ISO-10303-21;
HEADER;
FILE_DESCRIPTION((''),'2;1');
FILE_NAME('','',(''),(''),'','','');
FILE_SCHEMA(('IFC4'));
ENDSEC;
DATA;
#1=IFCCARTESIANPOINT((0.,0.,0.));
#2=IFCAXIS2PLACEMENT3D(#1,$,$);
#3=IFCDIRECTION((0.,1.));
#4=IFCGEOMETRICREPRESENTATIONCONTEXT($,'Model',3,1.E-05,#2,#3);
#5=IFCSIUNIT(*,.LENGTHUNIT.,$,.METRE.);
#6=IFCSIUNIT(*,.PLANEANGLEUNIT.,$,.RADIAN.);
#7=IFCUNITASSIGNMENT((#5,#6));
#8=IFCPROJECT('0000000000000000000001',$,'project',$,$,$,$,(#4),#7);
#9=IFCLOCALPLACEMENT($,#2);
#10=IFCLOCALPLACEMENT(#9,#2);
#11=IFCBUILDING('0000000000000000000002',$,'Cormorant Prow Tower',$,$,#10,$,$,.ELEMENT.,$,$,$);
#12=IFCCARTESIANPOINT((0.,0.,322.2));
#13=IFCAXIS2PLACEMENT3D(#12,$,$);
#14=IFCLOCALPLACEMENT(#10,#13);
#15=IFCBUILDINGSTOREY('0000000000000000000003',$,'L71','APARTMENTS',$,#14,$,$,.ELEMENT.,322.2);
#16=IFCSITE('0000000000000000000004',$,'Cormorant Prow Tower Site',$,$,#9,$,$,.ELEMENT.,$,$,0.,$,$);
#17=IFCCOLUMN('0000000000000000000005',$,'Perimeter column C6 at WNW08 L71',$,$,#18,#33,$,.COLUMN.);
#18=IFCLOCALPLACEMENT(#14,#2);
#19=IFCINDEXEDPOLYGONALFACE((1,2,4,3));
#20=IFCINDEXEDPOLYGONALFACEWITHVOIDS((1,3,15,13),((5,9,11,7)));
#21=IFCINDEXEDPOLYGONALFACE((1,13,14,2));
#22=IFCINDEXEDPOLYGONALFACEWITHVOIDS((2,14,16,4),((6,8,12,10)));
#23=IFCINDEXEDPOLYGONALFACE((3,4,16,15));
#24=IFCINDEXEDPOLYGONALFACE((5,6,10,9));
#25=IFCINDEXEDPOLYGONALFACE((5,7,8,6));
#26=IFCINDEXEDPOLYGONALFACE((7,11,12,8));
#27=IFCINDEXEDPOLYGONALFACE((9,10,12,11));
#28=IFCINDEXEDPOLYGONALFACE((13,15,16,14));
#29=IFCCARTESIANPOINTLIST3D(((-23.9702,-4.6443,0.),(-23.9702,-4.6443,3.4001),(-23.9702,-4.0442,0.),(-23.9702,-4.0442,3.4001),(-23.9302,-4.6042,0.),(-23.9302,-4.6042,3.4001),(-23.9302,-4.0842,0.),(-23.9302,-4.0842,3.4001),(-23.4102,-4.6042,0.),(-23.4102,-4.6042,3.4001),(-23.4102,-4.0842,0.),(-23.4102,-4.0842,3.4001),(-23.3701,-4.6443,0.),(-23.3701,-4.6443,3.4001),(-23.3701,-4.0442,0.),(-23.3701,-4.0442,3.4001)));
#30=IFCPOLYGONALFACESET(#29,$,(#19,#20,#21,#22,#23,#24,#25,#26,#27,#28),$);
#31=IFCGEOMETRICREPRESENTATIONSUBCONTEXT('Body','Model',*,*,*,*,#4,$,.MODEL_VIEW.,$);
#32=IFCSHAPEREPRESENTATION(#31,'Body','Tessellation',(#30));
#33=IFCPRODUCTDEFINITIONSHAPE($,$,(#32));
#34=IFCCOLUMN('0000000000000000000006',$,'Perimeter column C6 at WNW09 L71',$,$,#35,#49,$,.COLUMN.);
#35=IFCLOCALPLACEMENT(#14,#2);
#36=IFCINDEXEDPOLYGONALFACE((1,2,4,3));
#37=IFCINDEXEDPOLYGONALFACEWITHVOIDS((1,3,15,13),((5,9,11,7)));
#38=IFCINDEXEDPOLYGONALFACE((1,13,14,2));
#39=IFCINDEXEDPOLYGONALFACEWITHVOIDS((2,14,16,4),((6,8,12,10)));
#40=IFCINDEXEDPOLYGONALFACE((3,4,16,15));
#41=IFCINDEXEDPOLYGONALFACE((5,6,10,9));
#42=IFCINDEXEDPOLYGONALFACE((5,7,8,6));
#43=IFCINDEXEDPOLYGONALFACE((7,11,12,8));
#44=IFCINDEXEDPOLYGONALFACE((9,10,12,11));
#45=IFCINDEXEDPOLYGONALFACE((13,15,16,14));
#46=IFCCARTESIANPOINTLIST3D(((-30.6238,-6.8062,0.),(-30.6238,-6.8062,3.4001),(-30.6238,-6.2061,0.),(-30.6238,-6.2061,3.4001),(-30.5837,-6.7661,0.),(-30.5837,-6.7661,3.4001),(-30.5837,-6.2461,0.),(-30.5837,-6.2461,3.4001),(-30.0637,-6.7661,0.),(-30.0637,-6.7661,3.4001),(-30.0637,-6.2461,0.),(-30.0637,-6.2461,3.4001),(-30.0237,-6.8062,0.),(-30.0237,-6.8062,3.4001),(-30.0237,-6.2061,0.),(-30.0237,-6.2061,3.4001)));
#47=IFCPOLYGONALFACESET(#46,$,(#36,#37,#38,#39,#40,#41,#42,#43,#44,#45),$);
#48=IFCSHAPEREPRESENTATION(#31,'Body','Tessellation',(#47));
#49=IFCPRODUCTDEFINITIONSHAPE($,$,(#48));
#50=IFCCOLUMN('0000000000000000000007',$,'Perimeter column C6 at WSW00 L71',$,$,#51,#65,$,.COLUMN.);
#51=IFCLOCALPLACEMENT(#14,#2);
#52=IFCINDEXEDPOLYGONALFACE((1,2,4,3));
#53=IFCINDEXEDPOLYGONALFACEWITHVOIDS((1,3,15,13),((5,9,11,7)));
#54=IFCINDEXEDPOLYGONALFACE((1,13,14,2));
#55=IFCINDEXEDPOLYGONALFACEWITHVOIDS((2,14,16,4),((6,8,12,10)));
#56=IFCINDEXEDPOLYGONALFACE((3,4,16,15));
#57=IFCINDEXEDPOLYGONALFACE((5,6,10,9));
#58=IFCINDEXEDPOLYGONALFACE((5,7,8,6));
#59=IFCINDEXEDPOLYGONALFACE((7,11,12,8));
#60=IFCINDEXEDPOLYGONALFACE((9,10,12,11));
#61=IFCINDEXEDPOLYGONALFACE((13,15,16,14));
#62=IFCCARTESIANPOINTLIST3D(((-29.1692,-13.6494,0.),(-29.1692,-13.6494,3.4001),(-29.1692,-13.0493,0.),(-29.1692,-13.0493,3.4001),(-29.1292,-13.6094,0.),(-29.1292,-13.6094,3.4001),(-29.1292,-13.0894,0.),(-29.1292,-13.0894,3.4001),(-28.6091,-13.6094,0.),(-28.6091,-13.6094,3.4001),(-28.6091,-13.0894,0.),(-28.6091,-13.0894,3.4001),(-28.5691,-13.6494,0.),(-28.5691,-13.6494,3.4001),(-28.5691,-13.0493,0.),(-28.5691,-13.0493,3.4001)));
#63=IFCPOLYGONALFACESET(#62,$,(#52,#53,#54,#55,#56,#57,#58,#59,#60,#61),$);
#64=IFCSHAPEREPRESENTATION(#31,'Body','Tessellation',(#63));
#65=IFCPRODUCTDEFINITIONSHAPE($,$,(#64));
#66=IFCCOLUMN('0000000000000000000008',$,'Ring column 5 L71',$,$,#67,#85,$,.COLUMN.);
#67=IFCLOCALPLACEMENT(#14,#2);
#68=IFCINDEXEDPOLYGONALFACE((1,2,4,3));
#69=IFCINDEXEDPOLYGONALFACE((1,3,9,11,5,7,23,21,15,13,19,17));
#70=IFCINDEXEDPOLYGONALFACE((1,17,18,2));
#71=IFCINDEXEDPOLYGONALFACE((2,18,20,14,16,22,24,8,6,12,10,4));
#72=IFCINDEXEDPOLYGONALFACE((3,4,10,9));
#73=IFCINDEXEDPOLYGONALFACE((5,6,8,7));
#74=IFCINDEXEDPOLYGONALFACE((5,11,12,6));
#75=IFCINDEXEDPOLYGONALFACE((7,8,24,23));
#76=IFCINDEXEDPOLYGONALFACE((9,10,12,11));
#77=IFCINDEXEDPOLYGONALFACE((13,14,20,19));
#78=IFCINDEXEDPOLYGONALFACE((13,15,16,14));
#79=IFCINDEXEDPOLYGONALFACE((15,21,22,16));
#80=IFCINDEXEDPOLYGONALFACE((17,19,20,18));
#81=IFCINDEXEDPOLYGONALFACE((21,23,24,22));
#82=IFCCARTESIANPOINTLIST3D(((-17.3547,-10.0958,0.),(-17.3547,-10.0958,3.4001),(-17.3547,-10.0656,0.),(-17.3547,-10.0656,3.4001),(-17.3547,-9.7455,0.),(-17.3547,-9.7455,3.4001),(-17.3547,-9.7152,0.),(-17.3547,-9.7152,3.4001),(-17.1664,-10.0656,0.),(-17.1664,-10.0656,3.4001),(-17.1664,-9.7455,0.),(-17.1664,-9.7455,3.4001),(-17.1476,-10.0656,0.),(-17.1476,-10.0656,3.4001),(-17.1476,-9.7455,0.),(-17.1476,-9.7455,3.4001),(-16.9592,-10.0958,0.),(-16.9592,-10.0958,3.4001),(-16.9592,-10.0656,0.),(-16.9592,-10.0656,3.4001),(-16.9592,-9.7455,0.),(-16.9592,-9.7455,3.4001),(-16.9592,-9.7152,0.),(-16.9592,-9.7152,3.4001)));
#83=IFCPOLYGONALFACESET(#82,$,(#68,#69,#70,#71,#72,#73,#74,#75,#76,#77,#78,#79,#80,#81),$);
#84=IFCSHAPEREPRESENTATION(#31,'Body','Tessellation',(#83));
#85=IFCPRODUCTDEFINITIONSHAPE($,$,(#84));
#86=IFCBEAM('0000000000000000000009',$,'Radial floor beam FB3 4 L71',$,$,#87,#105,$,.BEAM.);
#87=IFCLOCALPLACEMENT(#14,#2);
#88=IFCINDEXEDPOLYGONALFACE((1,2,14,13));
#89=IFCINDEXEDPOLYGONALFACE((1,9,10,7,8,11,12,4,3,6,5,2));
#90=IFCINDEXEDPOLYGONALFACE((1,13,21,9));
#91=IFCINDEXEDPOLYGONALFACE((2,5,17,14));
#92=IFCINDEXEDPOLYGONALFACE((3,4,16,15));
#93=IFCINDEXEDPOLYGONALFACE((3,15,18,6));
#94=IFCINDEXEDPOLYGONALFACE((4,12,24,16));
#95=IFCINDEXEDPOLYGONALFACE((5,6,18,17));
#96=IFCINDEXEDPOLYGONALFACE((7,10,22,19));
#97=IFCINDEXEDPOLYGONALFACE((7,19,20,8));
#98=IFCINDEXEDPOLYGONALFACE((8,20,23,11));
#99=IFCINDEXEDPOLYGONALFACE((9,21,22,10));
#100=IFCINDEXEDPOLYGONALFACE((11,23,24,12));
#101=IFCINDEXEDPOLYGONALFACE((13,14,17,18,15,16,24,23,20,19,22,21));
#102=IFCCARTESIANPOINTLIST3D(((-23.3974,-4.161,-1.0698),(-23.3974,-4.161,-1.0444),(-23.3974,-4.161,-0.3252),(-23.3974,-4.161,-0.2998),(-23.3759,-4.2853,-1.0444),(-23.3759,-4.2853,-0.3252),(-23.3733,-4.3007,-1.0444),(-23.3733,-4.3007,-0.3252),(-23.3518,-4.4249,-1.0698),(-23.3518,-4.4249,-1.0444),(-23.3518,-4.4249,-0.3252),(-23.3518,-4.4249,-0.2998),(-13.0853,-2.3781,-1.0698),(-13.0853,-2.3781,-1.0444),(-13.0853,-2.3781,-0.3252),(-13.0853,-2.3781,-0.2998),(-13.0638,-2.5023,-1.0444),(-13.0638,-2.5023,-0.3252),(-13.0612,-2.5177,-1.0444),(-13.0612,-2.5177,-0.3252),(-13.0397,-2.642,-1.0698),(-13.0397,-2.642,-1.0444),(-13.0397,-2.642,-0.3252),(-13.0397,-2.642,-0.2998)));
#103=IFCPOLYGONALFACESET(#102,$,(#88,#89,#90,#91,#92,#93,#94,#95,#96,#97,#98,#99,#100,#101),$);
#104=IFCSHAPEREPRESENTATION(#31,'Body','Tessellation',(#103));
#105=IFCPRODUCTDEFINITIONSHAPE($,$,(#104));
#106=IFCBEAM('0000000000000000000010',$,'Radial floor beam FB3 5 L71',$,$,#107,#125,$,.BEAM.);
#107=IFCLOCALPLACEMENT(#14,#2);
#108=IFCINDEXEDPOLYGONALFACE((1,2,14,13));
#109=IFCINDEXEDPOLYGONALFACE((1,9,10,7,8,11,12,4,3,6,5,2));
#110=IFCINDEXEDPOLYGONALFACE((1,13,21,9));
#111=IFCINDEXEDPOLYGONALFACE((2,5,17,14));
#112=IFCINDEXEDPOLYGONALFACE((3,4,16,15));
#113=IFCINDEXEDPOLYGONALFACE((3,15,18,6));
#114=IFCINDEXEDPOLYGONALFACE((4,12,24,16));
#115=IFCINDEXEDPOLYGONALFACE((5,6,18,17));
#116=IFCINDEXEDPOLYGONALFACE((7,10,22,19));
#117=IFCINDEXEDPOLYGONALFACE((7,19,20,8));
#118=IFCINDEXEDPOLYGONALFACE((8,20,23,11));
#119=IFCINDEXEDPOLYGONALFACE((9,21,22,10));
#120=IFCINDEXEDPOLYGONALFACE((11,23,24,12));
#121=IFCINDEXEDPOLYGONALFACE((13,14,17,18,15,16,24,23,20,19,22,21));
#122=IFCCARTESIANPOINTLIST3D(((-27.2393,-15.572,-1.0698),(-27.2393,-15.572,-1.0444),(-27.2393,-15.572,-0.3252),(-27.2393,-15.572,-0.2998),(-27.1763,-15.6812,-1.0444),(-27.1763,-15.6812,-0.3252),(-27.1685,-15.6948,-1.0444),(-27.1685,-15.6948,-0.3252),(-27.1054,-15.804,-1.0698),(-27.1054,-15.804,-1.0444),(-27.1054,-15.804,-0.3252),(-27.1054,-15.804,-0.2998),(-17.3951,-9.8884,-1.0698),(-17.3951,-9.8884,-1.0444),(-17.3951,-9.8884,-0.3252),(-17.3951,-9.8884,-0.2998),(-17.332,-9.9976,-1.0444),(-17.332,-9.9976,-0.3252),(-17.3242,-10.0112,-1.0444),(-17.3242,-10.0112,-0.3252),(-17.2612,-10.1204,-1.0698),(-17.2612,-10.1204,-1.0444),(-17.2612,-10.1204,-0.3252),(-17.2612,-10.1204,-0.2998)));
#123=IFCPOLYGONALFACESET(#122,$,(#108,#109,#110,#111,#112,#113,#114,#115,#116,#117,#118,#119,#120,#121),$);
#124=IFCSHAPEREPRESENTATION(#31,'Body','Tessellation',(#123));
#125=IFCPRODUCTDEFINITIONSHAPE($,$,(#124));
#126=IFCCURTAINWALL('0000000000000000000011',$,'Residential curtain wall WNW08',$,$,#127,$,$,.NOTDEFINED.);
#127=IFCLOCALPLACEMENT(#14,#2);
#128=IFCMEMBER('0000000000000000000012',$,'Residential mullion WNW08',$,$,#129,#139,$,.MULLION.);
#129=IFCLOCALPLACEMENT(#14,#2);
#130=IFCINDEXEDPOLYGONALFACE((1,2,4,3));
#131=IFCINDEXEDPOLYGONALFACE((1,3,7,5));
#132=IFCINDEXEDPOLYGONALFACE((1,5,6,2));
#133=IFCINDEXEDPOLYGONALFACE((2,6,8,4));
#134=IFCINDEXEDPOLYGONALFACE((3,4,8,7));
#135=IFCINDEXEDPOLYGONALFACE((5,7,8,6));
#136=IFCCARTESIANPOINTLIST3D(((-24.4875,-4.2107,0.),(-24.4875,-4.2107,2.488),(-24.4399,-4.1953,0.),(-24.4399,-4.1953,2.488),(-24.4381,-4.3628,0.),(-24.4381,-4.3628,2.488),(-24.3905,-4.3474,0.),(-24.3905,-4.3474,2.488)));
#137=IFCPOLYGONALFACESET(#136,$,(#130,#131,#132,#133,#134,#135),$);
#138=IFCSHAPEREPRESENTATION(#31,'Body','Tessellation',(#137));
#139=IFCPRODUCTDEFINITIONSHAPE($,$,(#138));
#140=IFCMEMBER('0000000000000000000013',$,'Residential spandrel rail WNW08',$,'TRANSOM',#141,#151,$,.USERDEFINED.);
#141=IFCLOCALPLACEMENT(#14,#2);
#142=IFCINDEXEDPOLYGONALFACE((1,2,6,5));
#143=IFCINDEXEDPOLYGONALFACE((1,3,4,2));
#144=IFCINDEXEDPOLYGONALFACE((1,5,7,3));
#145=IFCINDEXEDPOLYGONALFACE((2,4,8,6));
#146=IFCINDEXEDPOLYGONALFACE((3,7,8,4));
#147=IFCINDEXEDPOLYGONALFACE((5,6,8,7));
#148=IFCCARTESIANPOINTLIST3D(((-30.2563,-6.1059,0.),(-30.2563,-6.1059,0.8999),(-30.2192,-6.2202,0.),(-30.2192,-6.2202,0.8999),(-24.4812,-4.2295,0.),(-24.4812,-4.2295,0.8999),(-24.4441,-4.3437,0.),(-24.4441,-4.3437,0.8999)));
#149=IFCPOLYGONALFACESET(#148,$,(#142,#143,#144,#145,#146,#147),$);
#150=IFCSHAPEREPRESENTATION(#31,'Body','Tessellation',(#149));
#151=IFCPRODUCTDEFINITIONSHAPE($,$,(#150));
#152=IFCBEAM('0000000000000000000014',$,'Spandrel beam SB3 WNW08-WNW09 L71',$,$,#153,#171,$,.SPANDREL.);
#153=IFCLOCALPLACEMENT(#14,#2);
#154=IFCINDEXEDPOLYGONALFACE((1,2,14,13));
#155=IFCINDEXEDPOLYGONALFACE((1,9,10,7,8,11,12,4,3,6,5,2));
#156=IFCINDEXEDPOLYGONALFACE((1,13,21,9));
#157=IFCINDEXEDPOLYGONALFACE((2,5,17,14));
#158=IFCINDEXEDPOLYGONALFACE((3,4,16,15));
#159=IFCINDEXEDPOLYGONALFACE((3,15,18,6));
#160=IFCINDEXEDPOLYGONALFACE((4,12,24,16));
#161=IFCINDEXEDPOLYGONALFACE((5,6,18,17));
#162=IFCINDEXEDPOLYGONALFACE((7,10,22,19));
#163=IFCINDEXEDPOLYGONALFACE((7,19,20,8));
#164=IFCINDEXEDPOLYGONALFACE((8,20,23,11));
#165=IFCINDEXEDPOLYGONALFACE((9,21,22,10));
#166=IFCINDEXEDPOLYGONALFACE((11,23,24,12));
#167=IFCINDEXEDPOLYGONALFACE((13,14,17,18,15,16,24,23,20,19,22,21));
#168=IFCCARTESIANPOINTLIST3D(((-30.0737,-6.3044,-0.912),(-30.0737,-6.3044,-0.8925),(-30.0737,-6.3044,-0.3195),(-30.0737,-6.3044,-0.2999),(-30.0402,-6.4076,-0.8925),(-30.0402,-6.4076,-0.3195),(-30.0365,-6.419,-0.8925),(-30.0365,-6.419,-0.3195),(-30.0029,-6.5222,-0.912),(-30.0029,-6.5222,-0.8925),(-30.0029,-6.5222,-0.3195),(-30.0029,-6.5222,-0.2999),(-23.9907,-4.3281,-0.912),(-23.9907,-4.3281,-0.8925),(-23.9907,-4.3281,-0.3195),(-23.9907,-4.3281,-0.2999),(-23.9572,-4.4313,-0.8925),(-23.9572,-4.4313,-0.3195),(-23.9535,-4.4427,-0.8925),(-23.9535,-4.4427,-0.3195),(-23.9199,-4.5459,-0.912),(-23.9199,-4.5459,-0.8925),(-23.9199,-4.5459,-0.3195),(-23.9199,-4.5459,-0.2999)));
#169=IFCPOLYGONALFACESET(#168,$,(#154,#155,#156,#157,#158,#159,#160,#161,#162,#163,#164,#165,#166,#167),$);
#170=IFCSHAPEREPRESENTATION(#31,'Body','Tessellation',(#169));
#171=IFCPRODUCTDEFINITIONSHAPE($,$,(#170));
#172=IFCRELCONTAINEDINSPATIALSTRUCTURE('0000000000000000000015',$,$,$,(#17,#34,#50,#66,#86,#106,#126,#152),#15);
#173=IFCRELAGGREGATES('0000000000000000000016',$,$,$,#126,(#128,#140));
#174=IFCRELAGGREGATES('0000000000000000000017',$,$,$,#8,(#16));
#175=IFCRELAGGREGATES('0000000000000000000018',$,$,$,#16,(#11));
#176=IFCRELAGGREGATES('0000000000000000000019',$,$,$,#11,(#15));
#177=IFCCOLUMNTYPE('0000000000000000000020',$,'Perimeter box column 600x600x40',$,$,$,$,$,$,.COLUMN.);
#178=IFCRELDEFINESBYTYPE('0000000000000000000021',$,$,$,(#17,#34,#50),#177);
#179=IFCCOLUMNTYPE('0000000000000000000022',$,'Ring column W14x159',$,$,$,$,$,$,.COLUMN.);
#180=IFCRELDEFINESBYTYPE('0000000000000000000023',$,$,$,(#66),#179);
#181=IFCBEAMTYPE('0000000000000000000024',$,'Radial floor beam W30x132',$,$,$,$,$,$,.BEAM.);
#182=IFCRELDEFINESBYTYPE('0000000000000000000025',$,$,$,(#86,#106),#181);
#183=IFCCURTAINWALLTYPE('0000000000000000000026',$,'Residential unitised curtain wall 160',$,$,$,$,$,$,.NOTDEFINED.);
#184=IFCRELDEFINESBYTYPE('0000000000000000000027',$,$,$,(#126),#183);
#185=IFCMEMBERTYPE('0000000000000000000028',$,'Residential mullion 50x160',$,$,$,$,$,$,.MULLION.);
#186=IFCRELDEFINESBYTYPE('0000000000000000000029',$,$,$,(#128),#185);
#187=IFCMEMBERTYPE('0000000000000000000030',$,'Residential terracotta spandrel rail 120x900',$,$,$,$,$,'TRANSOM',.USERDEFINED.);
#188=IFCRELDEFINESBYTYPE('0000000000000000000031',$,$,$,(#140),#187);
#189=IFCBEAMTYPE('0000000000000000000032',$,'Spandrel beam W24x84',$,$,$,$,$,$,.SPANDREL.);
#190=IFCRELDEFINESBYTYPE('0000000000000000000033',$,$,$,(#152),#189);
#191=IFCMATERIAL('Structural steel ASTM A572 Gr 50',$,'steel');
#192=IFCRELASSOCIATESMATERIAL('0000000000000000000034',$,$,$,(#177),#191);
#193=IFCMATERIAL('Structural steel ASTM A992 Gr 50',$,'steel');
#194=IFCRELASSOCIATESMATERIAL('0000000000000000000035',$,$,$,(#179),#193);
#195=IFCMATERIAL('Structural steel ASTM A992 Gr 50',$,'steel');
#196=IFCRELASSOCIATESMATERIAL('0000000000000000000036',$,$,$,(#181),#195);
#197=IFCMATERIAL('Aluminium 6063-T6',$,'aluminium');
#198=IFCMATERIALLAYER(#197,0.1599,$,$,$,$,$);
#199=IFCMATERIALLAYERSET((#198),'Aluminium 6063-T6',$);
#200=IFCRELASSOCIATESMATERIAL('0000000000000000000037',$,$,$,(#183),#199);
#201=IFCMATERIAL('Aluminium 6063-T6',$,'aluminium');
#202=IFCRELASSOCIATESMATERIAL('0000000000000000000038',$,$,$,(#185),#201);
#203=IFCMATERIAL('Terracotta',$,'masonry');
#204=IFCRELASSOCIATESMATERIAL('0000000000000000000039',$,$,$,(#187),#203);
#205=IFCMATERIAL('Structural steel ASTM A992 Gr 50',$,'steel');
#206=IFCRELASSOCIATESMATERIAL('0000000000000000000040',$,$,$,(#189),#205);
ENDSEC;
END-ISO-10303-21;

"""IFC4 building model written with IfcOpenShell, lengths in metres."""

from ifc_helpers import new_model, si_unit, direction, frame, origin, origin_2d, place, context, subcontext, project, spatial, rectangle, hollow_rectangle, i_section, extrude, material, layer, layer_set, material_profile, profile_set, type_object, element, aggregate, save


model = new_model("IFC4")

# Units and contexts
model_context = context("Model", 3, precision=1e-05, world=origin(), true_north=direction((0.0, 1.0)))
body_context = subcontext(model_context, "Body", "Model", "MODEL_VIEW")
ifc_project = project(units=[si_unit("LENGTHUNIT", "METRE"), si_unit("PLANEANGLEUNIT", "RADIAN")], contexts=[model_context])

# Site, building, storey
site_placement = place(None, origin())
site = spatial("IfcSite", under=ifc_project, at=site_placement, Name="Cormorant Prow Tower Site", CompositionType="ELEMENT", RefElevation=0.0)
building_placement = place(site_placement, origin())
building = spatial("IfcBuilding", under=site, at=building_placement, Name="Cormorant Prow Tower", CompositionType="ELEMENT")
storey_placement = place(building_placement, frame((0.0, 0.0, 322.2)))
storey = spatial("IfcBuildingStorey", under=building, at=storey_placement, Name="L71", Description="APARTMENTS", CompositionType="ELEMENT", Elevation=322.2)

# Columns
ifc_material_1 = material(Name="Structural steel ASTM A572 Gr 50", Category="steel")
ifc_material_profile_1 = material_profile(ifc_material_1, hollow_rectangle(XDim=0.6001, YDim=0.6001, WallThickness=0.04, at=origin_2d()), Name="Box 600x600x40")
ifc_profile_set_1 = profile_set([ifc_material_profile_1], Name="Structural steel ASTM A572 Gr 50")
column_type_1 = type_object("IfcColumnType", Name="Perimeter box column 600x600x40", PredefinedType="COLUMN", material=ifc_profile_set_1)
for number, where, z_axis, x_axis, name in (
    (1, (-23.6702, -4.3442, 0.0), (0.0, 0.0, 1.0), (1.0, 0.0, 0.0), "Perimeter column C6 at WNW08 L71"),
    (2, (-30.3237, -6.5061, 0.0), (0.0, 0.0, 1.0), (1.0, 0.0, 0.0), "Perimeter column C6 at WNW09 L71"),
    (3, (-28.8691, -13.3494, 0.0), (0.0, 0.0, 1.0), (1.0, 0.0, 0.0), "Perimeter column C6 at WSW00 L71"),
):
    element("IfcColumn", number, at=place(storey_placement, frame(where, z_axis=z_axis, x_axis=x_axis)), inside=storey, type_object=column_type_1, Name=name, PredefinedType="COLUMN", context=body_context, shape_type="SweptSolid", body=[
        extrude(hollow_rectangle(XDim=0.6001, YDim=0.6001, WallThickness=0.04, at=origin_2d()), origin(), (0.0, 0.0, 1.0), 3.4001),
    ])
ifc_material_2 = material(Name="Structural steel ASTM A992 Gr 50", Category="steel")
ifc_material_profile_2 = material_profile(ifc_material_2, i_section(OverallWidth=0.3955, OverallDepth=0.3806, WebThickness=0.0188, FlangeThickness=0.0303, at=origin_2d()), Name="W14x159")
ifc_profile_set_2 = profile_set([ifc_material_profile_2], Name="Structural steel ASTM A992 Gr 50")
column_type_2 = type_object("IfcColumnType", Name="Ring column W14x159", PredefinedType="COLUMN", material=ifc_profile_set_2)
column_placement = place(storey_placement, frame((-17.157, -9.9055, 0.0), z_axis=(0.0, 0.0, 1.0), x_axis=(1.0, 0.0, 0.0)))
element("IfcColumn", 4, at=column_placement, inside=storey, type_object=column_type_2, Name="Ring column 5 L71", PredefinedType="COLUMN", context=body_context, shape_type="SweptSolid", body=[
    extrude(i_section(OverallWidth=0.3955, OverallDepth=0.3806, WebThickness=0.0188, FlangeThickness=0.0303, at=origin_2d()), origin(), (0.0, 0.0, 1.0), 3.4001),
])

# Beams
ifc_material_3 = material(Name="Structural steel ASTM A992 Gr 50", Category="steel")
ifc_material_profile_3 = material_profile(ifc_material_3, i_section(OverallWidth=0.2678, OverallDepth=0.77, WebThickness=0.0156, FlangeThickness=0.0254, at=origin_2d()), Name="W30x132")
ifc_profile_set_3 = profile_set([ifc_material_profile_3], Name="Structural steel ASTM A992 Gr 50")
beam_type_1 = type_object("IfcBeamType", Name="Radial floor beam W30x132", PredefinedType="BEAM", material=ifc_profile_set_3)
beam_1_placement = place(storey_placement, frame((-13.0625, -2.51, -0.6848), z_axis=(-0.98538, -0.170373, 0.0), x_axis=(0.170373, -0.98538, 0.0)))
element("IfcBeam", 5, at=beam_1_placement, inside=storey, type_object=beam_type_1, Name="Radial floor beam FB3 4 L71", PredefinedType="BEAM", context=body_context, shape_type="SweptSolid", body=[
    extrude(i_section(OverallWidth=0.2678, OverallDepth=0.77, WebThickness=0.0156, FlangeThickness=0.0254, at=origin_2d()), origin(), (0.0, 0.0, 1.0), 10.4651),
])
beam_2_placement = place(storey_placement, frame((-17.3281, -10.0044, -0.6848), z_axis=(-0.866025, -0.500001, 0.0), x_axis=(0.500001, -0.866025, 0.0)))
element("IfcBeam", 6, at=beam_2_placement, inside=storey, type_object=beam_type_1, Name="Radial floor beam FB3 5 L71", PredefinedType="BEAM", context=body_context, shape_type="SweptSolid", body=[
    extrude(i_section(OverallWidth=0.2678, OverallDepth=0.77, WebThickness=0.0156, FlangeThickness=0.0254, at=origin_2d()), origin(), (0.0, 0.0, 1.0), 11.3672),
])

# Curtain wall, members
ifc_material_4 = material(Name="Aluminium 6063-T6", Category="aluminium")
ifc_layer_1 = layer(ifc_material_4, 0.1599)
ifc_layer_set_1 = layer_set([ifc_layer_1], Name="Aluminium 6063-T6")
curtain_wall_type = type_object("IfcCurtainWallType", Name="Residential unitised curtain wall 160", PredefinedType="NOTDEFINED", material=ifc_layer_set_1)
curtain_wall_placement = place(storey_placement, origin())
curtain_wall = element("IfcCurtainWall", 7, at=curtain_wall_placement, inside=storey, type_object=curtain_wall_type, Name="Residential curtain wall WNW08", PredefinedType="NOTDEFINED")
ifc_material_5 = material(Name="Aluminium 6063-T6", Category="aluminium")
ifc_material_profile_4 = material_profile(ifc_material_5, rectangle(XDim=0.1599, YDim=0.05, at=origin_2d()), Name="Residential mullion 50x160")
ifc_profile_set_4 = profile_set([ifc_material_profile_4], Name="Aluminium 6063-T6")
member_type_1 = type_object("IfcMemberType", Name="Residential mullion 50x160", PredefinedType="MULLION", material=ifc_profile_set_4)
member_1_placement = place(storey_placement, frame((-24.439, -4.2791, 0.0), z_axis=(0.0, 0.0, 1.0), x_axis=(0.309017, -0.951057, 0.0)))
member_1 = element("IfcMember", 8, at=member_1_placement, type_object=member_type_1, Name="Residential mullion WNW08", PredefinedType="MULLION", context=body_context, shape_type="SweptSolid", body=[
    extrude(rectangle(XDim=0.1599, YDim=0.05, at=origin_2d()), origin(), (0.0, 0.0, 1.0), 2.488),
])
ifc_material_6 = material(Name="Terracotta", Category="masonry")
ifc_material_profile_5 = material_profile(ifc_material_6, rectangle(XDim=0.1201, YDim=0.8999, at=origin_2d()), Name="Residential terracotta spandrel rail 120x900")
ifc_profile_set_5 = profile_set([ifc_material_profile_5], Name="Terracotta")
member_type_2 = type_object("IfcMemberType", Name="Residential terracotta spandrel rail 120x900", ElementType="TRANSOM", PredefinedType="USERDEFINED", material=ifc_profile_set_5)
member_2_placement = place(storey_placement, frame((-24.4626, -4.2866, 0.45), z_axis=(-0.951056, -0.309018, 0.0), x_axis=(0.309018, -0.951056, 0.0)))
member_2 = element("IfcMember", 9, at=member_2_placement, type_object=member_type_2, Name="Residential spandrel rail WNW08", ObjectType="TRANSOM", PredefinedType="USERDEFINED", context=body_context, shape_type="SweptSolid", body=[
    extrude(rectangle(XDim=0.1201, YDim=0.8999, at=origin_2d()), origin(), (0.0, 0.0, 1.0), 6.0723),
])

# Beam
ifc_material_7 = material(Name="Structural steel ASTM A992 Gr 50", Category="steel")
ifc_material_profile_6 = material_profile(ifc_material_7, i_section(OverallWidth=0.229, OverallDepth=0.6121, WebThickness=0.012, FlangeThickness=0.0195, at=origin_2d()), Name="W24x84")
ifc_profile_set_6 = profile_set([ifc_material_profile_6], Name="Structural steel ASTM A992 Gr 50")
beam_type_2 = type_object("IfcBeamType", Name="Spandrel beam W24x84", PredefinedType="SPANDREL", material=ifc_profile_set_6)
beam_3_placement = place(storey_placement, frame((-23.9553, -4.437, -0.606), z_axis=(-0.951064, -0.308993, 0.0), x_axis=(0.308993, -0.951064, 0.0)))
element("IfcBeam", 10, at=beam_3_placement, inside=storey, type_object=beam_type_2, Name="Spandrel beam SB3 WNW08-WNW09 L71", PredefinedType="SPANDREL", context=body_context, shape_type="SweptSolid", body=[
    extrude(i_section(OverallWidth=0.229, OverallDepth=0.6121, WebThickness=0.012, FlangeThickness=0.0195, at=origin_2d()), origin(), (0.0, 0.0, 1.0), 6.396),
])

aggregate(curtain_wall, [member_1, member_2])

save(model, "model.ifc")
